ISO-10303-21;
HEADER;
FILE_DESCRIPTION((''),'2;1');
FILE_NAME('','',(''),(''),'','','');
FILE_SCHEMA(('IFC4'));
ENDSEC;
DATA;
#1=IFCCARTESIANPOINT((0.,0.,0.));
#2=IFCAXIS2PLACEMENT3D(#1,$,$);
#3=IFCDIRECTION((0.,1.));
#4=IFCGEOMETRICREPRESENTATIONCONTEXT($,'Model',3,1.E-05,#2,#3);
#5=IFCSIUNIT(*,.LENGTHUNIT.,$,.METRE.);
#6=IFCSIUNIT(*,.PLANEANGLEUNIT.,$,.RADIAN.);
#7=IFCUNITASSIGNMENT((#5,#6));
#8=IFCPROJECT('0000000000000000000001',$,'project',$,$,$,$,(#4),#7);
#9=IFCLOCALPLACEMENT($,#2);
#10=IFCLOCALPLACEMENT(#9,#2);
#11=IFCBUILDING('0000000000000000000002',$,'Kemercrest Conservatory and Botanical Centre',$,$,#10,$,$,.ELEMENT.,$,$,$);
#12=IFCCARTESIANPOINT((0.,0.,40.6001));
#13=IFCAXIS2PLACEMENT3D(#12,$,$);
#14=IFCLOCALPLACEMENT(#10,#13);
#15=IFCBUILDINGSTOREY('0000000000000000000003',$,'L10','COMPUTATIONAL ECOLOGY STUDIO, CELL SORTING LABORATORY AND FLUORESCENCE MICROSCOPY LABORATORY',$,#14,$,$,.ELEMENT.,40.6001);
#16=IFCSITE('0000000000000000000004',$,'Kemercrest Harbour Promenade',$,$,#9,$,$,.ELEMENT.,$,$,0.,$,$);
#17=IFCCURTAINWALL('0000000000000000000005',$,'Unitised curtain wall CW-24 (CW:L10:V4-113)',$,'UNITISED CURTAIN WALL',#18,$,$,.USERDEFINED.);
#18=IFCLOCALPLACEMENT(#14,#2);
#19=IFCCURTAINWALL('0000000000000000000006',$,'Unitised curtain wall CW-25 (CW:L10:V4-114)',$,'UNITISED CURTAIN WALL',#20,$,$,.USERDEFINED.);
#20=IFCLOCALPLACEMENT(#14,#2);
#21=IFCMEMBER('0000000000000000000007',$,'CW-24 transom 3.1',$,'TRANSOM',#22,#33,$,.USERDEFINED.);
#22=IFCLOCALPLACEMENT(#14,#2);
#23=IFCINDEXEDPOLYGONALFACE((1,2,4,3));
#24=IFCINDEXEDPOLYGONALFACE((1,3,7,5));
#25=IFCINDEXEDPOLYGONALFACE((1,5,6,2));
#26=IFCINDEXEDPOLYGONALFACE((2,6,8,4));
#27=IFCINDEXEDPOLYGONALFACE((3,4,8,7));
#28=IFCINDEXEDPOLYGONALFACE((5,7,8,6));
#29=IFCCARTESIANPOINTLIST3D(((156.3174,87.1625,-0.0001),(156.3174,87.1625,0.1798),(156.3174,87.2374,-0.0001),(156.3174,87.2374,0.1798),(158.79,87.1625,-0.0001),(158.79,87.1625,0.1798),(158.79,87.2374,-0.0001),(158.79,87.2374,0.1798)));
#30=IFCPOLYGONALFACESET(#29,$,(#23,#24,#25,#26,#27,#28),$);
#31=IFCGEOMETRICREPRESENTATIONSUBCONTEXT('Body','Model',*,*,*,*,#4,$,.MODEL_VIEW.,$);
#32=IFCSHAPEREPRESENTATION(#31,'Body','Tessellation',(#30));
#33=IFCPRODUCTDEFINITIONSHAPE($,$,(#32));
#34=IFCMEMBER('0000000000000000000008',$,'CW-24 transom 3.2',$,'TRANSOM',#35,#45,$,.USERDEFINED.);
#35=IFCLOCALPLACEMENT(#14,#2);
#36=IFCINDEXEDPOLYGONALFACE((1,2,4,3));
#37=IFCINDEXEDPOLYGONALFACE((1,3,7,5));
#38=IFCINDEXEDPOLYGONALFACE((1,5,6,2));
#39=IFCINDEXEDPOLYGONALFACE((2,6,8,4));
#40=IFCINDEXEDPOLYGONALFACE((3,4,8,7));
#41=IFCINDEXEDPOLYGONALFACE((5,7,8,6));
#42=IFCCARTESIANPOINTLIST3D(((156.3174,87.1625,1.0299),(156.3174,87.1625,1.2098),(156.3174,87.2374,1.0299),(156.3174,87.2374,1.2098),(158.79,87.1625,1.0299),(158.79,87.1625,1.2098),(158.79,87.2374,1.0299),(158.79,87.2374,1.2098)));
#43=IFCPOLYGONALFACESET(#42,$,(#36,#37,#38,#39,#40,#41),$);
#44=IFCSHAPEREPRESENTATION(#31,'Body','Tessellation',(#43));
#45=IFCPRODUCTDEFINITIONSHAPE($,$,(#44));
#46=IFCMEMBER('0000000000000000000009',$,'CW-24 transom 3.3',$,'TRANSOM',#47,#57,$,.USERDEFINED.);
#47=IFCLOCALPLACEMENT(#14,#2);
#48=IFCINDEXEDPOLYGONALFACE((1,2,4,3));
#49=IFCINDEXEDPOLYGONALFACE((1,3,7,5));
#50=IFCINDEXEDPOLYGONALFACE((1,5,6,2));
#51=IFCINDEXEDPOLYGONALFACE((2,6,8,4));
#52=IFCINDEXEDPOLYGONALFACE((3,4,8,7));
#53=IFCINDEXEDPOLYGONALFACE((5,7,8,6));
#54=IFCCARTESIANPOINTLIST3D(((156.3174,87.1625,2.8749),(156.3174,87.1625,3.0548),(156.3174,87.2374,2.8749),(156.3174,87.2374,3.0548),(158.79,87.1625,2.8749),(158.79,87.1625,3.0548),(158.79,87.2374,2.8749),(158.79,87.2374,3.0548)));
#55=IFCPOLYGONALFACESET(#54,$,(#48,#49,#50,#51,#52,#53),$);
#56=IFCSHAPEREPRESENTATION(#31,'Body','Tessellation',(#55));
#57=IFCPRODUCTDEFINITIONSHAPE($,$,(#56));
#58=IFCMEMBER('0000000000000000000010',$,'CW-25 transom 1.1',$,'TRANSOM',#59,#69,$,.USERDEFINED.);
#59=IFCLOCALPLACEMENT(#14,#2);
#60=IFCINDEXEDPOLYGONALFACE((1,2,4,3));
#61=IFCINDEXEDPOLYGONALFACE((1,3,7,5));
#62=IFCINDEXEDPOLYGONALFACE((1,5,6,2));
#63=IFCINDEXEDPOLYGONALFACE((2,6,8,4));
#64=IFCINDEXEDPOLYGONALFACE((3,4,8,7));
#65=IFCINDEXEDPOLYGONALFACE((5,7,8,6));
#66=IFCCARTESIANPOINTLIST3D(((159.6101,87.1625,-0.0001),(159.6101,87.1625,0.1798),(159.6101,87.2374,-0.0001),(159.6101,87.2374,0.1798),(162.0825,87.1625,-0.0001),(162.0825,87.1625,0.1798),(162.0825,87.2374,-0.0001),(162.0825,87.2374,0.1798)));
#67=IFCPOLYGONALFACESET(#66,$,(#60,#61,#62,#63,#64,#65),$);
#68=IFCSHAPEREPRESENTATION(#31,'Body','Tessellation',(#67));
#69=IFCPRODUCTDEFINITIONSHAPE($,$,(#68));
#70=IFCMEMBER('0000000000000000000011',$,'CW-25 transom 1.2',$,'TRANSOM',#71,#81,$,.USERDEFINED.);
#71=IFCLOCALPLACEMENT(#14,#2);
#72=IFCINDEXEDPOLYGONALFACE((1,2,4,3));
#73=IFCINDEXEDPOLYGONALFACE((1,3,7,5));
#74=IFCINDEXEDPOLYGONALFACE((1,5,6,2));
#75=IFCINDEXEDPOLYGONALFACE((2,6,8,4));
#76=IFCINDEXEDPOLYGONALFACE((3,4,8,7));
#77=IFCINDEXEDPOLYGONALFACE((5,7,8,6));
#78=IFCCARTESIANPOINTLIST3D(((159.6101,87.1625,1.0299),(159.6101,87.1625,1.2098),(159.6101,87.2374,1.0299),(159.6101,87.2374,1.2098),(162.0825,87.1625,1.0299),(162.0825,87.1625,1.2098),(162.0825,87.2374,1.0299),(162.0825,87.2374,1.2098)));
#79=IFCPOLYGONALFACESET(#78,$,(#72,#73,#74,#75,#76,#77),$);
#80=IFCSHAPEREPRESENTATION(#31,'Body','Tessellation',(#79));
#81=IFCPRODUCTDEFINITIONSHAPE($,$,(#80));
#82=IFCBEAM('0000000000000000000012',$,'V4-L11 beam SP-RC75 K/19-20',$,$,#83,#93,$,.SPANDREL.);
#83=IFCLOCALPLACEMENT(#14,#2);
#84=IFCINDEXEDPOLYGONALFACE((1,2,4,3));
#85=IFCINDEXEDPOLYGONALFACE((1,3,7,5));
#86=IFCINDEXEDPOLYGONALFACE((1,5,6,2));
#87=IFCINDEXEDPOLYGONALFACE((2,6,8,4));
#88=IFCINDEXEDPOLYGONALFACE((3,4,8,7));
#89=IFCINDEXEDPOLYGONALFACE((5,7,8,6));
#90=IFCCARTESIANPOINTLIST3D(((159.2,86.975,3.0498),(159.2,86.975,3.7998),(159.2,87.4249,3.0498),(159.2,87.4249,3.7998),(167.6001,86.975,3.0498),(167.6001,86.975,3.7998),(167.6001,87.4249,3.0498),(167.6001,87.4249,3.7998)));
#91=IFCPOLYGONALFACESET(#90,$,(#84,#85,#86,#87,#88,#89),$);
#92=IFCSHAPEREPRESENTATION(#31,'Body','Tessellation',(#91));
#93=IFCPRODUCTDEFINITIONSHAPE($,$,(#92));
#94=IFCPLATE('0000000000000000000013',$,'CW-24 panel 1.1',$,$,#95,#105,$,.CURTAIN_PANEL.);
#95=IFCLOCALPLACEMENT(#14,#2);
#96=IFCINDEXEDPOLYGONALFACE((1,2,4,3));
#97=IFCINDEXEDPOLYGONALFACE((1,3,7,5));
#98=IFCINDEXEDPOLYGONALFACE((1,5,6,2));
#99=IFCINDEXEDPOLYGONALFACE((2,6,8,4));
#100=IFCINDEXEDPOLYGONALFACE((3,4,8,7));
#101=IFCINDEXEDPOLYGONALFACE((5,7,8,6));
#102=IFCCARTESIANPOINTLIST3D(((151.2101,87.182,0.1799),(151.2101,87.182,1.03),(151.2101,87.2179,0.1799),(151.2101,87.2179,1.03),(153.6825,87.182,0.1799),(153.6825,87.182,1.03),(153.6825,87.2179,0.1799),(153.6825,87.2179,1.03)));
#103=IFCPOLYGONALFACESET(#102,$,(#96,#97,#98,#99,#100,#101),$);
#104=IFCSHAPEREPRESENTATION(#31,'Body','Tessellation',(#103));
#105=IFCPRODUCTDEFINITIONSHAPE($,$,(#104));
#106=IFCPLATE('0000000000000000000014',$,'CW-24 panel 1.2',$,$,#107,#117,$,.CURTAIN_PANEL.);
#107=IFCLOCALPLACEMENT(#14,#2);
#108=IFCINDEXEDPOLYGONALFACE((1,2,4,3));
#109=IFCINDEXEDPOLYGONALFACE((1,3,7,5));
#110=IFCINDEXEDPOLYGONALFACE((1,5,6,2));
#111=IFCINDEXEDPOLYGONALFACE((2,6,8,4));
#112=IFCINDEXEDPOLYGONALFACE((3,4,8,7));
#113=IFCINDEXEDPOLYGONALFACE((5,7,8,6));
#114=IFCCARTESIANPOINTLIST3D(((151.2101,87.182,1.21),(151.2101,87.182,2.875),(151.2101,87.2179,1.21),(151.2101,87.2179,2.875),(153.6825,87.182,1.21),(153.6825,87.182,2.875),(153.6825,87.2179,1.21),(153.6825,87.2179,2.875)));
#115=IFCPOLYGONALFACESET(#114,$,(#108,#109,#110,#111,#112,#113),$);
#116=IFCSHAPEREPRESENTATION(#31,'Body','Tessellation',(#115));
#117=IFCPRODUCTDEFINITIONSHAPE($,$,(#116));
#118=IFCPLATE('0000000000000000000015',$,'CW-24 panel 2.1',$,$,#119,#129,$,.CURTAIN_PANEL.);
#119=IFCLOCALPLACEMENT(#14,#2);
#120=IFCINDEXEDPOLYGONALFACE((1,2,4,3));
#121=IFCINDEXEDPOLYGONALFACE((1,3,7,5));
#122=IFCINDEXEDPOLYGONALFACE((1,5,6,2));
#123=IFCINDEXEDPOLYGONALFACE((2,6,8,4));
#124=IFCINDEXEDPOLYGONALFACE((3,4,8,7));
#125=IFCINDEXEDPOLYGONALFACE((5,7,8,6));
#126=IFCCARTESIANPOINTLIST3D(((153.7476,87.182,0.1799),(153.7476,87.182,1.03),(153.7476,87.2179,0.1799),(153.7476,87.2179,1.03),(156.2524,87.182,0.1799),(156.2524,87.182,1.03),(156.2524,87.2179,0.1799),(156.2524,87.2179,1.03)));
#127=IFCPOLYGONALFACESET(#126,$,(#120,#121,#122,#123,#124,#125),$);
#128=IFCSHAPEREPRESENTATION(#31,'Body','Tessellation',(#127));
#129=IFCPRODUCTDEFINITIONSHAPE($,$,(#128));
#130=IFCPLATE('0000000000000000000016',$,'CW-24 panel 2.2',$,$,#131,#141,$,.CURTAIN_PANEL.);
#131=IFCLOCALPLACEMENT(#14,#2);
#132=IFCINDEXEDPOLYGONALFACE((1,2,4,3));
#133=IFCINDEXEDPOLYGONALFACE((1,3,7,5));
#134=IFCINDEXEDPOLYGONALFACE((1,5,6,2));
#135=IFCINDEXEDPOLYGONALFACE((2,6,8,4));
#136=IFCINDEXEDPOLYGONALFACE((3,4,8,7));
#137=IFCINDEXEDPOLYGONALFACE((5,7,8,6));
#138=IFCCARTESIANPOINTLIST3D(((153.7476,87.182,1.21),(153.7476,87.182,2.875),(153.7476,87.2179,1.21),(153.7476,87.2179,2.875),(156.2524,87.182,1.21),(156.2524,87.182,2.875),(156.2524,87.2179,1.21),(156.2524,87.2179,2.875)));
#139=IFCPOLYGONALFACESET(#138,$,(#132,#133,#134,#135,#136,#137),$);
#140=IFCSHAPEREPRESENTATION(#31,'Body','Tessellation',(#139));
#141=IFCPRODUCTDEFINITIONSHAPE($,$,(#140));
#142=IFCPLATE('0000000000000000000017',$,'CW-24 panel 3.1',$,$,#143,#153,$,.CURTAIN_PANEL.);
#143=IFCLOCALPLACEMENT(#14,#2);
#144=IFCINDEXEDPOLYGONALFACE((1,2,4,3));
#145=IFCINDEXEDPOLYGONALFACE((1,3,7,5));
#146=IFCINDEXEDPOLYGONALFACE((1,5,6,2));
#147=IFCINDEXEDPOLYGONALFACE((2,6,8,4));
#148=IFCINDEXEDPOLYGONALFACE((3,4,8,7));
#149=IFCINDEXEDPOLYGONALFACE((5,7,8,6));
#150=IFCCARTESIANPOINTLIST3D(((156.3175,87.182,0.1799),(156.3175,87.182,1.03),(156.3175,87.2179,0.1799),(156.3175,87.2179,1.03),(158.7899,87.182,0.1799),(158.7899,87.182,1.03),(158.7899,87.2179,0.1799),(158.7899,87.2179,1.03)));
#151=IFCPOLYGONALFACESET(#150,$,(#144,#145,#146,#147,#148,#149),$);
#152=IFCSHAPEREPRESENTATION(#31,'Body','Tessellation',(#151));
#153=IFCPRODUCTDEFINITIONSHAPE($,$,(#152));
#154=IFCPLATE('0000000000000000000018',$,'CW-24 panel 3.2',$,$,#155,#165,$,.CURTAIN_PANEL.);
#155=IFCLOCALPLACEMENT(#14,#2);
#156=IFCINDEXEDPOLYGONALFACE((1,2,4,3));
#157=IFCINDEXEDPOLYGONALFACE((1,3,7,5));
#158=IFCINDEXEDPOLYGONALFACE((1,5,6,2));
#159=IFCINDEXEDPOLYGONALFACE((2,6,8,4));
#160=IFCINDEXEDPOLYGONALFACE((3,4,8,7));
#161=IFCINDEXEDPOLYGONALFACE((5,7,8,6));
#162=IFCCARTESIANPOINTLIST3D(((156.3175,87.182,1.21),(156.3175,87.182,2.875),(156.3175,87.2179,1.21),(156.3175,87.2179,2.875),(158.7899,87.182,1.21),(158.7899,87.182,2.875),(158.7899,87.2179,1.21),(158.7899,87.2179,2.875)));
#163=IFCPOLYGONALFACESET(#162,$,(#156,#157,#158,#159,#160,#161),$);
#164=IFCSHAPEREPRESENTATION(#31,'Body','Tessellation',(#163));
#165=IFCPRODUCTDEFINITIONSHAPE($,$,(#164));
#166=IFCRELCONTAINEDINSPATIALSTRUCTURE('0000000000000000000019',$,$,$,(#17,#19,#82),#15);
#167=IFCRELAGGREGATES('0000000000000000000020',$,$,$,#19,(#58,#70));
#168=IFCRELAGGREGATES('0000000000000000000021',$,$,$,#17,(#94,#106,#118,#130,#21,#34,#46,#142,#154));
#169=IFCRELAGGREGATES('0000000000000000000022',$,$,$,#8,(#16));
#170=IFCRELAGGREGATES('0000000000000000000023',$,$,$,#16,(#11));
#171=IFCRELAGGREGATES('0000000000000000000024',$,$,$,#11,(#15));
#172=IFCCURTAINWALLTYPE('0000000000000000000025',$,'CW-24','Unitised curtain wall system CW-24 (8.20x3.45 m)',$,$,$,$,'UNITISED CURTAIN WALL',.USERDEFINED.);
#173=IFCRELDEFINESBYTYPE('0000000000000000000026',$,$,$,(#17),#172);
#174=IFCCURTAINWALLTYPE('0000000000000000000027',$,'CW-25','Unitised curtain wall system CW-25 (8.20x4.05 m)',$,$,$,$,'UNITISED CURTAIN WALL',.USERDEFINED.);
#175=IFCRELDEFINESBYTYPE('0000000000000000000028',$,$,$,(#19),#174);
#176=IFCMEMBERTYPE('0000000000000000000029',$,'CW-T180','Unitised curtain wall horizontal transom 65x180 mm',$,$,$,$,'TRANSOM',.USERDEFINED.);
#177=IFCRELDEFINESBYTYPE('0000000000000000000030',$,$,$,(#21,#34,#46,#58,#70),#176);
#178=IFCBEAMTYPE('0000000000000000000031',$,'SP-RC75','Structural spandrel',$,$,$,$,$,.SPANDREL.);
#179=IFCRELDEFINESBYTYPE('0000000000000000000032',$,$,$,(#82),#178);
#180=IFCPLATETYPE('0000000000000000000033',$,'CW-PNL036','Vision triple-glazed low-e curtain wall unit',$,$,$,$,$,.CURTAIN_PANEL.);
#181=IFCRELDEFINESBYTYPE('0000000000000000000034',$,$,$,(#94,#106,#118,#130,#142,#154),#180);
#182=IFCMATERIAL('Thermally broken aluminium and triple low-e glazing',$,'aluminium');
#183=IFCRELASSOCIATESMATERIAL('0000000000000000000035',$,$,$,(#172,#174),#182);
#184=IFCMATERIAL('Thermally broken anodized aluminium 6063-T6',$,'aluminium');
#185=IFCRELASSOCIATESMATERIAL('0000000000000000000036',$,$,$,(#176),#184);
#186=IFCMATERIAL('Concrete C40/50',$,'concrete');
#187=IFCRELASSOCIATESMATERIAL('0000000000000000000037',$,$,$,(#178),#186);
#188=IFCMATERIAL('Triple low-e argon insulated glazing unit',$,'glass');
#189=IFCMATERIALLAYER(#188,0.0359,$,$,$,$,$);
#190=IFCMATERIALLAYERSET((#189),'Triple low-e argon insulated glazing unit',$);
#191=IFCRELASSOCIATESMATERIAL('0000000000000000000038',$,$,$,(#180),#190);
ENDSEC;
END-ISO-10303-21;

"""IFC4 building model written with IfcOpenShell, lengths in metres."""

from ifc_helpers import new_model, si_unit, direction, frame, origin, origin_2d, place, context, subcontext, project, spatial, rectangle, extrude, material, layer, layer_set, material_profile, profile_set, type_object, element, aggregate, save


model = new_model("IFC4")

# Units and contexts
model_context = context("Model", 3, precision=1e-05, world=origin(), true_north=direction((0.0, 1.0)))
body_context = subcontext(model_context, "Body", "Model", "MODEL_VIEW")
ifc_project = project(units=[si_unit("LENGTHUNIT", "METRE"), si_unit("PLANEANGLEUNIT", "RADIAN")], contexts=[model_context])

# Site, building, storey
site_placement = place(None, origin())
site = spatial("IfcSite", under=ifc_project, at=site_placement, Name="Kemercrest Harbour Promenade", CompositionType="ELEMENT", RefElevation=0.0)
building_placement = place(site_placement, origin())
building = spatial("IfcBuilding", under=site, at=building_placement, Name="Kemercrest Conservatory and Botanical Centre", CompositionType="ELEMENT")
storey_placement = place(building_placement, frame((0.0, 0.0, 40.6001)))
storey = spatial("IfcBuildingStorey", under=building, at=storey_placement, Name="L10", Description="COMPUTATIONAL ECOLOGY STUDIO, CELL SORTING LABORATORY AND FLUORESCENCE MICROSCOPY LABORATORY", CompositionType="ELEMENT", Elevation=40.6001)

# Shared definitions
ifc_material_1 = material(Name="Concrete C40/50", Category="concrete")

# Curtain wall
ifc_material_2 = material(Name="Thermally broken aluminium and triple low-e glazing", Category="aluminium")
curtain_wall_type_1 = type_object("IfcCurtainWallType", Name="CW-24", Description="Unitised curtain wall system CW-24 (8.20x3.45 m)", ElementType="UNITISED CURTAIN WALL", PredefinedType="USERDEFINED", material=ifc_material_2)
curtain_wall_1_placement = place(storey_placement, origin())
curtain_wall_1 = element("IfcCurtainWall", 1, at=curtain_wall_1_placement, inside=storey, type_object=curtain_wall_type_1, Name="Unitised curtain wall CW-24 (CW:L10:V4-113)", ObjectType="UNITISED CURTAIN WALL", PredefinedType="USERDEFINED")
ifc_material_3 = material(Name="Thermally broken anodized aluminium 6063-T6", Category="aluminium")

# Curtain wall
curtain_wall_type_2 = type_object("IfcCurtainWallType", Name="CW-25", Description="Unitised curtain wall system CW-25 (8.20x4.05 m)", ElementType="UNITISED CURTAIN WALL", PredefinedType="USERDEFINED", material=ifc_material_2)
curtain_wall_2_placement = place(storey_placement, origin())
curtain_wall_2 = element("IfcCurtainWall", 2, at=curtain_wall_2_placement, inside=storey, type_object=curtain_wall_type_2, Name="Unitised curtain wall CW-25 (CW:L10:V4-114)", ObjectType="UNITISED CURTAIN WALL", PredefinedType="USERDEFINED")

# Members
ifc_material_profile_1 = material_profile(ifc_material_3, rectangle(XDim=0.075, YDim=0.1799, at=origin_2d()), Name="AL TRANSOM 75x180")
ifc_profile_set_1 = profile_set([ifc_material_profile_1], Name="Thermally broken anodized aluminium 6063-T6")
member_type_1 = type_object("IfcMemberType", Name="CW-T180", Description="Unitised curtain wall horizontal transom 65x180 mm", ElementType="TRANSOM", PredefinedType="USERDEFINED", material=ifc_profile_set_1)
member_1_placement = place(storey_placement, frame((156.3174, 87.2, 0.0898), z_axis=(1.0, 0.0, 0.0), x_axis=(0.0, 1.0, 0.0)))
member_1 = element("IfcMember", 3, at=member_1_placement, type_object=member_type_1, Name="CW-24 transom 3.1", ObjectType="TRANSOM", PredefinedType="USERDEFINED", context=body_context, shape_type="SweptSolid", body=[
    extrude(rectangle(XDim=0.075, YDim=0.1799, at=origin_2d()), origin(), (0.0, 0.0, 1.0), 2.4727),
])
member_2_placement = place(storey_placement, frame((156.3174, 87.2, 1.1199), z_axis=(1.0, 0.0, 0.0), x_axis=(0.0, 1.0, 0.0)))
member_2 = element("IfcMember", 4, at=member_2_placement, type_object=member_type_1, Name="CW-24 transom 3.2", ObjectType="TRANSOM", PredefinedType="USERDEFINED", context=body_context, shape_type="SweptSolid", body=[
    extrude(rectangle(XDim=0.075, YDim=0.1799, at=origin_2d()), origin(), (0.0, 0.0, 1.0), 2.4727),
])
member_3_placement = place(storey_placement, frame((156.3174, 87.2, 2.9648), z_axis=(1.0, 0.0, 0.0), x_axis=(0.0, 1.0, 0.0)))
member_3 = element("IfcMember", 5, at=member_3_placement, type_object=member_type_1, Name="CW-24 transom 3.3", ObjectType="TRANSOM", PredefinedType="USERDEFINED", context=body_context, shape_type="SweptSolid", body=[
    extrude(rectangle(XDim=0.075, YDim=0.1799, at=origin_2d()), origin(), (0.0, 0.0, 1.0), 2.4727),
])
member_4_placement = place(storey_placement, frame((159.6101, 87.2, 0.0898), z_axis=(1.0, 0.0, 0.0), x_axis=(0.0, 1.0, 0.0)))
member_4 = element("IfcMember", 6, at=member_4_placement, type_object=member_type_1, Name="CW-25 transom 1.1", ObjectType="TRANSOM", PredefinedType="USERDEFINED", context=body_context, shape_type="SweptSolid", body=[
    extrude(rectangle(XDim=0.075, YDim=0.1799, at=origin_2d()), origin(), (0.0, 0.0, 1.0), 2.4724),
])
member_5_placement = place(storey_placement, frame((159.6101, 87.2, 1.1199), z_axis=(1.0, 0.0, 0.0), x_axis=(0.0, 1.0, 0.0)))
member_5 = element("IfcMember", 7, at=member_5_placement, type_object=member_type_1, Name="CW-25 transom 1.2", ObjectType="TRANSOM", PredefinedType="USERDEFINED", context=body_context, shape_type="SweptSolid", body=[
    extrude(rectangle(XDim=0.075, YDim=0.1799, at=origin_2d()), origin(), (0.0, 0.0, 1.0), 2.4724),
])
aggregate(curtain_wall_2, [member_4, member_5])

# Beam
ifc_material_profile_2 = material_profile(ifc_material_1, rectangle(XDim=0.45, YDim=0.75, at=origin_2d()), Name="RC 450x750")
ifc_profile_set_2 = profile_set([ifc_material_profile_2], Name="Concrete C40/50")
beam_type_1 = type_object("IfcBeamType", Name="SP-RC75", Description="Structural spandrel", PredefinedType="SPANDREL", material=ifc_profile_set_2)
beam_placement = place(storey_placement, frame((159.2, 87.2, 3.4248), z_axis=(1.0, 0.0, 0.0), x_axis=(0.0, 1.0, 0.0)))
element("IfcBeam", 8, at=beam_placement, inside=storey, type_object=beam_type_1, Name="V4-L11 beam SP-RC75 K/19-20", PredefinedType="SPANDREL", context=body_context, shape_type="SweptSolid", body=[
    extrude(rectangle(XDim=0.45, YDim=0.75, at=origin_2d()), origin(), (0.0, 0.0, 1.0), 8.4001),
])

# Plates
ifc_material_4 = material(Name="Triple low-e argon insulated glazing unit", Category="glass")
ifc_layer = layer(ifc_material_4, 0.0359)
ifc_layer_set = layer_set([ifc_layer], Name="Triple low-e argon insulated glazing unit")
plate_type = type_object("IfcPlateType", Name="CW-PNL036", Description="Vision triple-glazed low-e curtain wall unit", PredefinedType="CURTAIN_PANEL", material=ifc_layer_set)
plate_1_placement = place(storey_placement, frame((152.4463, 87.2, 0.1799), z_axis=(0.0, 0.0, 1.0), x_axis=(1.0, 0.0, 0.0)))
plate_1 = element("IfcPlate", 9, at=plate_1_placement, type_object=plate_type, Name="CW-24 panel 1.1", PredefinedType="CURTAIN_PANEL", context=body_context, shape_type="SweptSolid", body=[
    extrude(rectangle(XDim=2.4724, YDim=0.0359, at=origin_2d()), origin(), (0.0, 0.0, 1.0), 0.8501),
])
plate_2_placement = place(storey_placement, frame((152.4463, 87.2, 1.21), z_axis=(0.0, 0.0, 1.0), x_axis=(1.0, 0.0, 0.0)))
plate_2 = element("IfcPlate", 10, at=plate_2_placement, type_object=plate_type, Name="CW-24 panel 1.2", PredefinedType="CURTAIN_PANEL", context=body_context, shape_type="SweptSolid", body=[
    extrude(rectangle(XDim=2.4724, YDim=0.0359, at=origin_2d()), origin(), (0.0, 0.0, 1.0), 1.665),
])
plate_3_placement = place(storey_placement, frame((155.0, 87.2, 0.1799), z_axis=(0.0, 0.0, 1.0), x_axis=(1.0, 0.0, 0.0)))
plate_3 = element("IfcPlate", 11, at=plate_3_placement, type_object=plate_type, Name="CW-24 panel 2.1", PredefinedType="CURTAIN_PANEL", context=body_context, shape_type="SweptSolid", body=[
    extrude(rectangle(XDim=2.5049, YDim=0.0359, at=origin_2d()), origin(), (0.0, 0.0, 1.0), 0.8501),
])
plate_4_placement = place(storey_placement, frame((155.0, 87.2, 1.21), z_axis=(0.0, 0.0, 1.0), x_axis=(1.0, 0.0, 0.0)))
plate_4 = element("IfcPlate", 12, at=plate_4_placement, type_object=plate_type, Name="CW-24 panel 2.2", PredefinedType="CURTAIN_PANEL", context=body_context, shape_type="SweptSolid", body=[
    extrude(rectangle(XDim=2.5049, YDim=0.0359, at=origin_2d()), origin(), (0.0, 0.0, 1.0), 1.665),
])
plate_5_placement = place(storey_placement, frame((157.5537, 87.2, 0.1799), z_axis=(0.0, 0.0, 1.0), x_axis=(1.0, 0.0, 0.0)))
plate_5 = element("IfcPlate", 13, at=plate_5_placement, type_object=plate_type, Name="CW-24 panel 3.1", PredefinedType="CURTAIN_PANEL", context=body_context, shape_type="SweptSolid", body=[
    extrude(rectangle(XDim=2.4724, YDim=0.0359, at=origin_2d()), origin(), (0.0, 0.0, 1.0), 0.8501),
])
plate_6_placement = place(storey_placement, frame((157.5537, 87.2, 1.21), z_axis=(0.0, 0.0, 1.0), x_axis=(1.0, 0.0, 0.0)))
plate_6 = element("IfcPlate", 14, at=plate_6_placement, type_object=plate_type, Name="CW-24 panel 3.2", PredefinedType="CURTAIN_PANEL", context=body_context, shape_type="SweptSolid", body=[
    extrude(rectangle(XDim=2.4724, YDim=0.0359, at=origin_2d()), origin(), (0.0, 0.0, 1.0), 1.665),
])
aggregate(curtain_wall_1, [plate_1, plate_2, plate_3, plate_4, member_1, member_2, member_3, plate_5, plate_6])

save(model, "model.ifc")
